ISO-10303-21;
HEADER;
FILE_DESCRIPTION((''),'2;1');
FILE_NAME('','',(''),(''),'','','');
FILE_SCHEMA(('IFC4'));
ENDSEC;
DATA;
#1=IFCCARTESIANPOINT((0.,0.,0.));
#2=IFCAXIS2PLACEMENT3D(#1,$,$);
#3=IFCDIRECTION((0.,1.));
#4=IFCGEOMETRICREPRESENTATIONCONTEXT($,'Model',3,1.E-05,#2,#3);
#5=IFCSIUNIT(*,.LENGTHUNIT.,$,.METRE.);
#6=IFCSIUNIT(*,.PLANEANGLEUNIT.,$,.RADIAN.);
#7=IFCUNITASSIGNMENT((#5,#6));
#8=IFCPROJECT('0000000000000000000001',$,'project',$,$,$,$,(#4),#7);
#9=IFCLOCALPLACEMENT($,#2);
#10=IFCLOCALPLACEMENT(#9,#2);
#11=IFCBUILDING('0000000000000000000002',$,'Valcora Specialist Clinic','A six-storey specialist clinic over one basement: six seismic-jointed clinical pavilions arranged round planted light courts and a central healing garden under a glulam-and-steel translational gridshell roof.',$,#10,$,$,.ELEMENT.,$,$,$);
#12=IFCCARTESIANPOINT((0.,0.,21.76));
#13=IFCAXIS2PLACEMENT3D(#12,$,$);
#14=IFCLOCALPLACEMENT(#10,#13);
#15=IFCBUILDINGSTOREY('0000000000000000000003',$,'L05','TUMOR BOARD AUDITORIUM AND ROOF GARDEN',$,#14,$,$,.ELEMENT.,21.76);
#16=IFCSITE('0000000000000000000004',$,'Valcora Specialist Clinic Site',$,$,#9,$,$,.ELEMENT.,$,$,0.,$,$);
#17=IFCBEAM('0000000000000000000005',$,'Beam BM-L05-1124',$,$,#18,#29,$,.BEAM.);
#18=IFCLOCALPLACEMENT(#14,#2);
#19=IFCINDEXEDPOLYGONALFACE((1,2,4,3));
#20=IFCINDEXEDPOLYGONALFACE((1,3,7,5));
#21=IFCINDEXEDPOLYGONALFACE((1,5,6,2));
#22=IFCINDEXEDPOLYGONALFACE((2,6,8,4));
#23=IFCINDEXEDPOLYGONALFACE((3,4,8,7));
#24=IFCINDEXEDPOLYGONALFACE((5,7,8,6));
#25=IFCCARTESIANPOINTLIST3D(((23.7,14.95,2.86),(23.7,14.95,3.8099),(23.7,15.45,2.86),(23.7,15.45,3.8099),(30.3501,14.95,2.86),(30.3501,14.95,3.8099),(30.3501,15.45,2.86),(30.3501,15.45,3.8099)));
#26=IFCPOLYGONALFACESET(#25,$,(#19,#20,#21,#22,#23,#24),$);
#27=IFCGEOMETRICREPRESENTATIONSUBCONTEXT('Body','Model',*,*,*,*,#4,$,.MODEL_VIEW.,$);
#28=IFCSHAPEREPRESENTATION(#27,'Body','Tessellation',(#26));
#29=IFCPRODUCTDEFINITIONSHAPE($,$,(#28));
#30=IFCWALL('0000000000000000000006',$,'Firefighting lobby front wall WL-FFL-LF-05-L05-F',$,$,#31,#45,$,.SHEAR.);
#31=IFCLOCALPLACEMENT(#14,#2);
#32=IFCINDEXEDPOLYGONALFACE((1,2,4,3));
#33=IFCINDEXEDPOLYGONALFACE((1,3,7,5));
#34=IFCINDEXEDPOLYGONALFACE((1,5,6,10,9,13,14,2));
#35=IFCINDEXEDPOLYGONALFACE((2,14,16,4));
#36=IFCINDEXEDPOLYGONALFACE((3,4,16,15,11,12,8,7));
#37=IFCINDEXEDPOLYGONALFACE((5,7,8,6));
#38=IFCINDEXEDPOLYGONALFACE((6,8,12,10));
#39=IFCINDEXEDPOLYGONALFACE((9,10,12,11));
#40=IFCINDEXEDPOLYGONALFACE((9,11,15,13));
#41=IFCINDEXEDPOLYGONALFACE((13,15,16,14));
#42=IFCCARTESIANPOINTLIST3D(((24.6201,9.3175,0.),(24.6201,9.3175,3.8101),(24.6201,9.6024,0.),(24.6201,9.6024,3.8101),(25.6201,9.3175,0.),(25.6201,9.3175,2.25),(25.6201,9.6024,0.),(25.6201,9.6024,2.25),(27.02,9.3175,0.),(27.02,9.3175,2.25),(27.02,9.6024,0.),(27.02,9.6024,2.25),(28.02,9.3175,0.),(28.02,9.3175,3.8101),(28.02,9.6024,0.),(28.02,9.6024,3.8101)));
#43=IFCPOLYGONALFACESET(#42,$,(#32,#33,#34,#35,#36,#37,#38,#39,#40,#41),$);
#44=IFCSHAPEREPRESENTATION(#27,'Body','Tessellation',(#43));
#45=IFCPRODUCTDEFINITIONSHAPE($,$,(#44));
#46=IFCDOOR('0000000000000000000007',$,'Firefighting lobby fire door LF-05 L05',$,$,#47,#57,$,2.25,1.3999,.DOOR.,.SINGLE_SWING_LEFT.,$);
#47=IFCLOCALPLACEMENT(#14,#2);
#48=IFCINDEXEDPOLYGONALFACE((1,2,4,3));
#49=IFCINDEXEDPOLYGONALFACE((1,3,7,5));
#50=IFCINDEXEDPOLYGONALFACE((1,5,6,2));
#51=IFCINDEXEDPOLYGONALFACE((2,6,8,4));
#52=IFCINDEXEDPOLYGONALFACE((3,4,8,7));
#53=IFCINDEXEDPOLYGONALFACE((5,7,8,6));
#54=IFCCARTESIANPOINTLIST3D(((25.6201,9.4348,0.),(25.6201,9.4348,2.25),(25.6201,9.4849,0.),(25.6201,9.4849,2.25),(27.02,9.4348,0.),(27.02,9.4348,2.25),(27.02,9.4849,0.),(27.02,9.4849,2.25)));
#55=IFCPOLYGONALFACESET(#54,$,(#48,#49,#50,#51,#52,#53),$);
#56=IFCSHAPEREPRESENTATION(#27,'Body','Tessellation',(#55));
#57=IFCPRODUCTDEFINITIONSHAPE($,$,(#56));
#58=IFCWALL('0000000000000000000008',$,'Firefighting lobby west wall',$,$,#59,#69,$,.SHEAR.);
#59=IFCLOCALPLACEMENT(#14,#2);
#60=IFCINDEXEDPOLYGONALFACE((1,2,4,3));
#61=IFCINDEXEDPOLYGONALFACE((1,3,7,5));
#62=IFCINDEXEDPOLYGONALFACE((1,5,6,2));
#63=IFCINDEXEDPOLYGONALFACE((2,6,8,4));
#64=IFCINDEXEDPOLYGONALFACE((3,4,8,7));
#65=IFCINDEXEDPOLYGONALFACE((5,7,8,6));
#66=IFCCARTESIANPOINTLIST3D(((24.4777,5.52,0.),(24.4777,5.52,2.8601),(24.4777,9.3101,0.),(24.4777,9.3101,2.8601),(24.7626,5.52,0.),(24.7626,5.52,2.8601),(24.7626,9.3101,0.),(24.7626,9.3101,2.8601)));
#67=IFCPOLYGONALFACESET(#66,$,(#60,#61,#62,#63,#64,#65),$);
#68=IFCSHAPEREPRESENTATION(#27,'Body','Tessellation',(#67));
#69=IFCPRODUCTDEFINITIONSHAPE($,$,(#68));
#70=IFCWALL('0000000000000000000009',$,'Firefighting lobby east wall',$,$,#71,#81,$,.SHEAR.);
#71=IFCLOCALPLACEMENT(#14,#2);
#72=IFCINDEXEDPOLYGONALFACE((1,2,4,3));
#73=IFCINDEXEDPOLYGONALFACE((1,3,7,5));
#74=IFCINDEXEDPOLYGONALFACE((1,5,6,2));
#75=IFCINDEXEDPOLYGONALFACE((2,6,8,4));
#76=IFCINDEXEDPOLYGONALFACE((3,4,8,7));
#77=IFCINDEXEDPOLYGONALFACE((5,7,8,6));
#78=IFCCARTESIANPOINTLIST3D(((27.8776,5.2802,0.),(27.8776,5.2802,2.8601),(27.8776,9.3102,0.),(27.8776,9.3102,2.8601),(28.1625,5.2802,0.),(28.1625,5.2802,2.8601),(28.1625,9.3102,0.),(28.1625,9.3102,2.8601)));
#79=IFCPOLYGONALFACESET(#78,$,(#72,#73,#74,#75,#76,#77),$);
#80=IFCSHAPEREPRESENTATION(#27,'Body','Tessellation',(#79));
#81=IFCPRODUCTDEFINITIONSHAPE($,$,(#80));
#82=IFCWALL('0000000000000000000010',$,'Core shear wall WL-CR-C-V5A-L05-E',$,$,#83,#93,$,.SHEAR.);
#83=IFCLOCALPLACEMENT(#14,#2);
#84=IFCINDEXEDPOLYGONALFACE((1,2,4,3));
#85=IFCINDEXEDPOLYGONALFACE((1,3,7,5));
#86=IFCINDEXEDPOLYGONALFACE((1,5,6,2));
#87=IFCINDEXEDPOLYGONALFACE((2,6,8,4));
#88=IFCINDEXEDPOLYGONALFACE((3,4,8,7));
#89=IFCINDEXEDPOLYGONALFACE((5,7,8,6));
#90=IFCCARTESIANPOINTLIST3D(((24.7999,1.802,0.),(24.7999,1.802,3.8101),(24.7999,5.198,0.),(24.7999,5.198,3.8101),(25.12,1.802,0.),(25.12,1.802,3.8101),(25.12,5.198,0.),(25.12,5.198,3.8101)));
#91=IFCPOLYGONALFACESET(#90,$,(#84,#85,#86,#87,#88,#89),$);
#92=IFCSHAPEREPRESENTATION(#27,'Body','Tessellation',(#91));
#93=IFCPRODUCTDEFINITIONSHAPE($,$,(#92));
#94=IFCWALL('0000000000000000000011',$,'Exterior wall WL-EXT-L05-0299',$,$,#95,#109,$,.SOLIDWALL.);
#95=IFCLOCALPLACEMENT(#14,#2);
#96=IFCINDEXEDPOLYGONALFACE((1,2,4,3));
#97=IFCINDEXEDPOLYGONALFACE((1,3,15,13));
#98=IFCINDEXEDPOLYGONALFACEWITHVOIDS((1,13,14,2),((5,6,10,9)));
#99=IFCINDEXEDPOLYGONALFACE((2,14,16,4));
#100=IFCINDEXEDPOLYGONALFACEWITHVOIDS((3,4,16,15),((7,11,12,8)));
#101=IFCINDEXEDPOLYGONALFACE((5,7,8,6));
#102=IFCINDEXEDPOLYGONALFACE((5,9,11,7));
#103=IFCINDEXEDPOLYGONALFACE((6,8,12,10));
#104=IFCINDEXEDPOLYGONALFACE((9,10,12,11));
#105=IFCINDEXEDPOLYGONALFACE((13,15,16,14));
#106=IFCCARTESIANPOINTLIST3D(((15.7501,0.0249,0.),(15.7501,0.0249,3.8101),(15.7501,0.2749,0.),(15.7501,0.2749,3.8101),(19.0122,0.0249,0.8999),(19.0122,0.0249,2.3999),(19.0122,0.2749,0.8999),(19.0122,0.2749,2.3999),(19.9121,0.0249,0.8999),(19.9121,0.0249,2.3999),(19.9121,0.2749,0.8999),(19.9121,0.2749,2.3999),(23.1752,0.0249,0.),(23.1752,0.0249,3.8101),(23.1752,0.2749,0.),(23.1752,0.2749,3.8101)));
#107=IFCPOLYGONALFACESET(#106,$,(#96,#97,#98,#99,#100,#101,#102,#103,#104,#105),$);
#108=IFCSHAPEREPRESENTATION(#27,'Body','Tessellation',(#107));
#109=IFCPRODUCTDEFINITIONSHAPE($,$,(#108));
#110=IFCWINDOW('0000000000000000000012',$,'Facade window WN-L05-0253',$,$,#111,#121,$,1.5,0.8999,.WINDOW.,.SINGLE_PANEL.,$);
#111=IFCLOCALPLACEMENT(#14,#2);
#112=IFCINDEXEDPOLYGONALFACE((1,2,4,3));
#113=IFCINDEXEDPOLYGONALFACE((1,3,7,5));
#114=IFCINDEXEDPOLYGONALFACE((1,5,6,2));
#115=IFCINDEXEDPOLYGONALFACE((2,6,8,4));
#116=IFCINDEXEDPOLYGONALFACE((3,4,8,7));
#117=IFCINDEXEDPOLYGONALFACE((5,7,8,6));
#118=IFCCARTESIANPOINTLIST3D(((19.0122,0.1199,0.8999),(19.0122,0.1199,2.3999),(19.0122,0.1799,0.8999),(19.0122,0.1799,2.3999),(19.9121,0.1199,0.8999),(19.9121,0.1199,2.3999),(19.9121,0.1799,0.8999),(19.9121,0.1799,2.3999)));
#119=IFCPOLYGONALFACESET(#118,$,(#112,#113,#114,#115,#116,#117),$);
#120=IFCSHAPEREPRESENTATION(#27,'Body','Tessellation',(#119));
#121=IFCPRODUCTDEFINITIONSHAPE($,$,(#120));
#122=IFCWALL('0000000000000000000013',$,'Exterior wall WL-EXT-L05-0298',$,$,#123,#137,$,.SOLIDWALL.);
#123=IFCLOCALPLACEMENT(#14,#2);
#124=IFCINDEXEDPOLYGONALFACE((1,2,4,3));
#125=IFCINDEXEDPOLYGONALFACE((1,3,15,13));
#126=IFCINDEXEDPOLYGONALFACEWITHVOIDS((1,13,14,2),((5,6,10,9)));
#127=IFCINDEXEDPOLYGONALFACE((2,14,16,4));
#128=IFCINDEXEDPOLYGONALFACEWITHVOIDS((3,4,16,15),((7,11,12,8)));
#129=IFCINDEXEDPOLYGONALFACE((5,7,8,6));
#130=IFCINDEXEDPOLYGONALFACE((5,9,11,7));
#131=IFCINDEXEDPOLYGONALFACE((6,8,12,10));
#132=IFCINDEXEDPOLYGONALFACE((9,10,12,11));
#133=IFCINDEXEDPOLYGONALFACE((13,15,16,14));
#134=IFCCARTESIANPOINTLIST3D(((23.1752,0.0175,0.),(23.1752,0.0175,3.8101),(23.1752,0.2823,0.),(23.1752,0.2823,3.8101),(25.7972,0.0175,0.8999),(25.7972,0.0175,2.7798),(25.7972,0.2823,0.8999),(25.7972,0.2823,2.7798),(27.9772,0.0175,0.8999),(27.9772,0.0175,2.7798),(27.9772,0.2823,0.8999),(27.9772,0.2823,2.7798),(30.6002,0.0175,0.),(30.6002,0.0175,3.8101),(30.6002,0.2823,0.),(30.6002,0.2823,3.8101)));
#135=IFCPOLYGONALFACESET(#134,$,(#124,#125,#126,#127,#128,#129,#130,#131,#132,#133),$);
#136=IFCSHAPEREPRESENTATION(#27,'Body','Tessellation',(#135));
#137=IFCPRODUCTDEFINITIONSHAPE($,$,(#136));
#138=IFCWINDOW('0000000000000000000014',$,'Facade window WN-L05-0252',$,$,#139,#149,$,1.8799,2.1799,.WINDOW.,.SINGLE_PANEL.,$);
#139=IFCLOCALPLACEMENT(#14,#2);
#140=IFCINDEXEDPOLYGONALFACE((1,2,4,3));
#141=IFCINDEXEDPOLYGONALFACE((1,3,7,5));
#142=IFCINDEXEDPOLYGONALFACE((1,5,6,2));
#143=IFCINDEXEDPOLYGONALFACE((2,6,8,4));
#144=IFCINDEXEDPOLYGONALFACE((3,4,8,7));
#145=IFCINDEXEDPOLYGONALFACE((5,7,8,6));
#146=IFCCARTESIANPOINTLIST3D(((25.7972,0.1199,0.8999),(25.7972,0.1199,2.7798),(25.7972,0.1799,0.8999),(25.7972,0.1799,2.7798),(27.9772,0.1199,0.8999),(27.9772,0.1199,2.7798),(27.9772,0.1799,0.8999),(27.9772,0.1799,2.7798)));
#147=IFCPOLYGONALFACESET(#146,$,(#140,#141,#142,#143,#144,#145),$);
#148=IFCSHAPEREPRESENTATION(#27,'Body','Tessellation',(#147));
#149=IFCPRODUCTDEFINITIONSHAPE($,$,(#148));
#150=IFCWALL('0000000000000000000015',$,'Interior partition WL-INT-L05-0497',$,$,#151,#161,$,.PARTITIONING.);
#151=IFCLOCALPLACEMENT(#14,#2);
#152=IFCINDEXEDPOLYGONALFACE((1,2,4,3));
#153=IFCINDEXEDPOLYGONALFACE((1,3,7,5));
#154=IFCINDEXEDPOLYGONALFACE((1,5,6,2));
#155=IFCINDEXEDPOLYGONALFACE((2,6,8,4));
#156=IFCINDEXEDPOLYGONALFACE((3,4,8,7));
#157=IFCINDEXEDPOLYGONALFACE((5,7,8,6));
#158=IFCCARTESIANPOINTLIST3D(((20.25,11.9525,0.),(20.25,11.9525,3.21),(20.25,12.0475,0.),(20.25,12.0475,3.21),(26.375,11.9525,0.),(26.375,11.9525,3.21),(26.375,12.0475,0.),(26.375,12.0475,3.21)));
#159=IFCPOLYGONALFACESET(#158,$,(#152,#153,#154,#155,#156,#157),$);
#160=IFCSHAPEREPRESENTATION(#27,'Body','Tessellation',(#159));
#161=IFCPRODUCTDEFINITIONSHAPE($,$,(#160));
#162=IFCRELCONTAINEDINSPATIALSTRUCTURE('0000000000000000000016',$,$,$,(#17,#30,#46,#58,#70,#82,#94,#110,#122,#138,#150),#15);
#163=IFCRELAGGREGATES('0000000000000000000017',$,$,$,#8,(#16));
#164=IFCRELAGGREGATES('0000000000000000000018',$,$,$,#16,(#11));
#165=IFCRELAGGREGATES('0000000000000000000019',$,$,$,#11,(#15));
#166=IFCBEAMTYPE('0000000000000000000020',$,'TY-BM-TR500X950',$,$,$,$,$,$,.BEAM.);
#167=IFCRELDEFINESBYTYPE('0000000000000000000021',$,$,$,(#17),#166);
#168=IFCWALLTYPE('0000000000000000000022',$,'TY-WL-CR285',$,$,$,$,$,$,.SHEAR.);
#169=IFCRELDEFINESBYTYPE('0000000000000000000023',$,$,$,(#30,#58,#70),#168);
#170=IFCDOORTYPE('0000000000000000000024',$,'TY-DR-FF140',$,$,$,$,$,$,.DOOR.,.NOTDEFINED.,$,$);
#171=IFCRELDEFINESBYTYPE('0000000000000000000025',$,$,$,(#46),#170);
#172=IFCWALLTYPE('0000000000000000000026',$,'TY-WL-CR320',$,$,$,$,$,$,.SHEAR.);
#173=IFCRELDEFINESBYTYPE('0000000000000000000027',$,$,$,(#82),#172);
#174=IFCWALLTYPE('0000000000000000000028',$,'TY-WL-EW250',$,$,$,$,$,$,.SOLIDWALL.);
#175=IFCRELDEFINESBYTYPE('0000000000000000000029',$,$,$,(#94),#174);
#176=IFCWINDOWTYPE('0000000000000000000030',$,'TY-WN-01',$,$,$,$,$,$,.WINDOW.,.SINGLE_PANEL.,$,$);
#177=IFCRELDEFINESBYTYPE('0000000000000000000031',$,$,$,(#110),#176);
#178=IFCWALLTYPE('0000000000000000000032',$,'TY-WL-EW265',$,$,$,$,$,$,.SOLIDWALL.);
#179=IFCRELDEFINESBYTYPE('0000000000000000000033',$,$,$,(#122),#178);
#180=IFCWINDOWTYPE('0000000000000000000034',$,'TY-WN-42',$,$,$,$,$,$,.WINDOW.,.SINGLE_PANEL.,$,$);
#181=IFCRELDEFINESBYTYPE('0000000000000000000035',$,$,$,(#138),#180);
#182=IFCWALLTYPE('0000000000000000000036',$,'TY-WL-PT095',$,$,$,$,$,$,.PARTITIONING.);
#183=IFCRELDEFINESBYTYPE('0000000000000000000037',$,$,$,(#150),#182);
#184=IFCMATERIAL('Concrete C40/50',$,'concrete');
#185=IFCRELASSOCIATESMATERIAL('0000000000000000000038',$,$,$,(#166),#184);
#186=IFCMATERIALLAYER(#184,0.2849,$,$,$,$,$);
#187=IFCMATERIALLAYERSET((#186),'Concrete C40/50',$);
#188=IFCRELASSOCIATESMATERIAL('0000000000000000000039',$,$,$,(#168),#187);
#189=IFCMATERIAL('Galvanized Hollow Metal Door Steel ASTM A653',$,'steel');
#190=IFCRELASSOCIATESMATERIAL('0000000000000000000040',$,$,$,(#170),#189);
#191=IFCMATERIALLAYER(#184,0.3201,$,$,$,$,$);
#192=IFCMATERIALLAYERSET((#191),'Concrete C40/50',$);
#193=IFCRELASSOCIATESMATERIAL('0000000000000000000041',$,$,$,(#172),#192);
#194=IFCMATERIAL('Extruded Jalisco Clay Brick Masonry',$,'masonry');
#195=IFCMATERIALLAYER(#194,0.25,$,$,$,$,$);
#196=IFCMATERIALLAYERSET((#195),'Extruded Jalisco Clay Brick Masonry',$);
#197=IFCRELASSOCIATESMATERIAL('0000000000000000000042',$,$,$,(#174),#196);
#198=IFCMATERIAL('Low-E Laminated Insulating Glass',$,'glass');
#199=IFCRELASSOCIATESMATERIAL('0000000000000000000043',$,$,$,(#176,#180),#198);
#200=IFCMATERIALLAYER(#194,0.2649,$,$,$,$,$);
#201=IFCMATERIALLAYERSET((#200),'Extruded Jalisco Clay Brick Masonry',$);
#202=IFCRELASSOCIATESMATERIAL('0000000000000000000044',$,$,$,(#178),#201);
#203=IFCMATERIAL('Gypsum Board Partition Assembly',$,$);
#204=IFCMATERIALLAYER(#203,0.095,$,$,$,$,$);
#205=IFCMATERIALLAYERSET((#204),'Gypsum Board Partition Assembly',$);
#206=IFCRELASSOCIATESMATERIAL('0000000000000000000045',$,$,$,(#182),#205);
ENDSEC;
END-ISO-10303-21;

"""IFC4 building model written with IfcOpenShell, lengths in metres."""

from ifc_helpers import new_model, si_unit, direction, frame, frame_2d, origin, origin_2d, place, context, subcontext, project, spatial, rectangle, extrude, material, layer, layer_set, material_profile, profile_set, type_object, element, fill, save


model = new_model("IFC4")

# Units and contexts
model_context = context("Model", 3, precision=1e-05, world=origin(), true_north=direction((0.0, 1.0)))
body_context = subcontext(model_context, "Body", "Model", "MODEL_VIEW")
ifc_project = project(units=[si_unit("LENGTHUNIT", "METRE"), si_unit("PLANEANGLEUNIT", "RADIAN")], contexts=[model_context])

# Site, building, storey
site_placement = place(None, origin())
site = spatial("IfcSite", under=ifc_project, at=site_placement, Name="Valcora Specialist Clinic Site", CompositionType="ELEMENT", RefElevation=0.0)
building_placement = place(site_placement, origin())
building = spatial("IfcBuilding", under=site, at=building_placement, Name="Valcora Specialist Clinic", Description="A six-storey specialist clinic over one basement: six seismic-jointed clinical pavilions arranged round planted light courts and a central healing garden under a glulam-and-steel translational gridshell roof.", CompositionType="ELEMENT")
storey_placement = place(building_placement, frame((0.0, 0.0, 21.76)))
storey = spatial("IfcBuildingStorey", under=building, at=storey_placement, Name="L05", Description="TUMOR BOARD AUDITORIUM AND ROOF GARDEN", CompositionType="ELEMENT", Elevation=21.76)

# Shared definitions
ifc_material_1 = material(Name="Concrete C40/50", Category="concrete")

# Beam
ifc_material_profile_1 = material_profile(ifc_material_1, rectangle(XDim=0.5, YDim=0.95, at=origin_2d()), Name="RC-BM-500X950")
ifc_profile_set_1 = profile_set([ifc_material_profile_1], Name="Concrete C40/50")
beam_type_1 = type_object("IfcBeamType", Name="TY-BM-TR500X950", PredefinedType="BEAM", material=ifc_profile_set_1)
for number, where, z_axis, x_axis, name in (
    (1, (23.7, 15.2, 3.335), (1.0, 0.0, 0.0), (0.0, 1.0, 0.0), "Beam BM-L05-1124"),
):
    element("IfcBeam", number, at=place(storey_placement, frame(where, z_axis=z_axis, x_axis=x_axis)), inside=storey, type_object=beam_type_1, Name=name, PredefinedType="BEAM", context=body_context, shape_type="SweptSolid", body=[
        extrude(rectangle(XDim=0.5, YDim=0.95, at=origin_2d()), origin(), (0.0, 0.0, 1.0), 6.6501),
    ])

# Wall, opening, door
ifc_layer_1 = layer(ifc_material_1, 0.2849)
ifc_layer_set_1 = layer_set([ifc_layer_1], Name="Concrete C40/50")
wall_type_1 = type_object("IfcWallType", Name="TY-WL-CR285", PredefinedType="SHEAR", material=ifc_layer_set_1)
wall_1_placement = place(storey_placement, frame((24.6201, 9.46, 0.0), z_axis=(0.0, 0.0, 1.0), x_axis=(1.0, 0.0, 0.0)))
wall_1 = element("IfcWall", 2, at=wall_1_placement, inside=storey, type_object=wall_type_1, Name="Firefighting lobby front wall WL-FFL-LF-05-L05-F", PredefinedType="SHEAR", context=body_context, shape_type="SweptSolid", body=[
    extrude(rectangle(XDim=3.3999, YDim=0.2849, at=frame_2d((1.7, 0.0))), origin(), (0.0, 0.0, 1.0), 3.8101),
])
opening_1_placement = place(wall_1_placement, frame((1.0, 0.0, 0.0)))
opening_1 = element("IfcOpeningElement", 3, at=opening_1_placement, cuts=wall_1, PredefinedType="OPENING", context=body_context, shape_type="SweptSolid", body=[
    extrude(rectangle(XDim=1.3999, YDim=2.25, at=frame_2d((0.7, 1.125))), frame((0.0, 0.1523, 0.0), z_axis=(0.0, -1.0, 0.0), x_axis=(1.0, 0.0, 0.0)), (0.0, 0.0, 1.0), 0.3049),
])
ifc_material_2 = material(Name="Galvanized Hollow Metal Door Steel ASTM A653", Category="steel")
door_type_1 = type_object("IfcDoorType", Name="TY-DR-FF140", OperationType="NOTDEFINED", PredefinedType="DOOR", material=ifc_material_2)
door_1_placement = place(opening_1_placement, origin())
door_1 = element("IfcDoor", 4, at=door_1_placement, inside=storey, type_object=door_type_1, Name="Firefighting lobby fire door LF-05 L05", OperationType="SINGLE_SWING_LEFT", OverallHeight=2.25, OverallWidth=1.3999, PredefinedType="DOOR", context=body_context, shape_type="SweptSolid", body=[
    extrude(rectangle(XDim=1.3999, YDim=2.25, at=frame_2d((0.7, 1.125))), frame((0.0, 0.0249, 0.0), z_axis=(0.0, -1.0, 0.0), x_axis=(1.0, 0.0, 0.0)), (0.0, 0.0, 1.0), 0.05),
])
fill(opening_1, door_1)

# Walls
wall_2_placement = place(storey_placement, frame((24.6201, 5.52, 0.0), z_axis=(0.0, 0.0, 1.0), x_axis=(0.0, 1.0, 0.0)))
element("IfcWall", 5, at=wall_2_placement, inside=storey, type_object=wall_type_1, Name="Firefighting lobby west wall", PredefinedType="SHEAR", context=body_context, shape_type="SweptSolid", body=[
    extrude(rectangle(XDim=3.79, YDim=0.2849, at=frame_2d((1.895, 0.0))), origin(), (0.0, 0.0, 1.0), 2.8601),
])
wall_3_placement = place(storey_placement, frame((28.02, 5.28, 0.0), z_axis=(0.0, 0.0, 1.0), x_axis=(0.0, 1.0, 0.0)))
element("IfcWall", 6, at=wall_3_placement, inside=storey, type_object=wall_type_1, Name="Firefighting lobby east wall", PredefinedType="SHEAR", context=body_context, shape_type="SweptSolid", body=[
    extrude(rectangle(XDim=4.03, YDim=0.2849, at=frame_2d((2.0151, 0.0))), origin(), (0.0, 0.0, 1.0), 2.8601),
])
ifc_layer_2 = layer(ifc_material_1, 0.3201)
ifc_layer_set_2 = layer_set([ifc_layer_2], Name="Concrete C40/50")
wall_type_2 = type_object("IfcWallType", Name="TY-WL-CR320", PredefinedType="SHEAR", material=ifc_layer_set_2)
wall_4_placement = place(storey_placement, frame((24.96, 1.802, 0.0), z_axis=(0.0, 0.0, 1.0), x_axis=(0.0, 1.0, 0.0)))
element("IfcWall", 7, at=wall_4_placement, inside=storey, type_object=wall_type_2, Name="Core shear wall WL-CR-C-V5A-L05-E", PredefinedType="SHEAR", context=body_context, shape_type="SweptSolid", body=[
    extrude(rectangle(XDim=3.396, YDim=0.3201, at=frame_2d((1.698, 0.0))), origin(), (0.0, 0.0, 1.0), 3.8101),
])

# Walls, openings, windows
ifc_material_3 = material(Name="Extruded Jalisco Clay Brick Masonry", Category="masonry")
ifc_layer_3 = layer(ifc_material_3, 0.25)
ifc_layer_set_3 = layer_set([ifc_layer_3], Name="Extruded Jalisco Clay Brick Masonry")
wall_type_3 = type_object("IfcWallType", Name="TY-WL-EW250", PredefinedType="SOLIDWALL", material=ifc_layer_set_3)
wall_5_placement = place(storey_placement, frame((23.175, 0.1499, 0.0), z_axis=(0.0, 0.0, 1.0), x_axis=(-1.0, 0.0, 0.0)))
wall_5 = element("IfcWall", 8, at=wall_5_placement, inside=storey, type_object=wall_type_3, Name="Exterior wall WL-EXT-L05-0299", PredefinedType="SOLIDWALL", context=body_context, shape_type="SweptSolid", body=[
    extrude(rectangle(XDim=7.425, YDim=0.25, at=frame_2d((3.7124, 0.0))), origin(), (0.0, 0.0, 1.0), 3.8101),
])
opening_2_placement = place(wall_5_placement, frame((3.2629, 0.0, 0.8999)))
opening_2 = element("IfcOpeningElement", 9, at=opening_2_placement, cuts=wall_5, PredefinedType="OPENING", context=body_context, shape_type="SweptSolid", body=[
    extrude(rectangle(XDim=0.8999, YDim=1.5, at=frame_2d((0.45, 0.75))), frame((0.0, 0.135, 0.0), z_axis=(0.0, -1.0, 0.0), x_axis=(1.0, 0.0, 0.0)), (0.0, 0.0, 1.0), 0.27),
])
ifc_material_4 = material(Name="Low-E Laminated Insulating Glass", Category="glass")
window_type_1 = type_object("IfcWindowType", Name="TY-WN-01", PartitioningType="SINGLE_PANEL", PredefinedType="WINDOW", material=ifc_material_4)
window_1_placement = place(opening_2_placement, origin())
window_1 = element("IfcWindow", 10, at=window_1_placement, inside=storey, type_object=window_type_1, Name="Facade window WN-L05-0253", OverallHeight=1.5, OverallWidth=0.8999, PartitioningType="SINGLE_PANEL", PredefinedType="WINDOW", context=body_context, shape_type="SweptSolid", body=[
    extrude(rectangle(XDim=0.8999, YDim=1.5, at=frame_2d((0.45, 0.75))), frame((0.0, 0.03, 0.0), z_axis=(0.0, -1.0, 0.0), x_axis=(1.0, 0.0, 0.0)), (0.0, 0.0, 1.0), 0.0601),
])
fill(opening_2, window_1)
ifc_layer_4 = layer(ifc_material_3, 0.2649)
ifc_layer_set_4 = layer_set([ifc_layer_4], Name="Extruded Jalisco Clay Brick Masonry")
wall_type_4 = type_object("IfcWallType", Name="TY-WL-EW265", PredefinedType="SOLIDWALL", material=ifc_layer_set_4)
wall_6_placement = place(storey_placement, frame((30.6001, 0.1499, 0.0), z_axis=(0.0, 0.0, 1.0), x_axis=(-1.0, 0.0, 0.0)))
wall_6 = element("IfcWall", 11, at=wall_6_placement, inside=storey, type_object=wall_type_4, Name="Exterior wall WL-EXT-L05-0298", PredefinedType="SOLIDWALL", context=body_context, shape_type="SweptSolid", body=[
    extrude(rectangle(XDim=7.425, YDim=0.2649, at=frame_2d((3.7124, 0.0))), origin(), (0.0, 0.0, 1.0), 3.8101),
])
opening_3_placement = place(wall_6_placement, frame((2.623, 0.0, 0.8999)))
opening_3 = element("IfcOpeningElement", 12, at=opening_3_placement, cuts=wall_6, PredefinedType="OPENING", context=body_context, shape_type="SweptSolid", body=[
    extrude(rectangle(XDim=2.1799, YDim=1.8799, at=frame_2d((1.0898, 0.9399))), frame((0.0, 0.1423, 0.0), z_axis=(0.0, -1.0, 0.0), x_axis=(1.0, 0.0, 0.0)), (0.0, 0.0, 1.0), 0.2849),
])
window_type_2 = type_object("IfcWindowType", Name="TY-WN-42", PartitioningType="SINGLE_PANEL", PredefinedType="WINDOW", material=ifc_material_4)
window_2_placement = place(opening_3_placement, origin())
window_2 = element("IfcWindow", 13, at=window_2_placement, inside=storey, type_object=window_type_2, Name="Facade window WN-L05-0252", OverallHeight=1.8799, OverallWidth=2.1799, PartitioningType="SINGLE_PANEL", PredefinedType="WINDOW", context=body_context, shape_type="SweptSolid", body=[
    extrude(rectangle(XDim=2.1799, YDim=1.8799, at=frame_2d((1.0898, 0.9399))), frame((0.0, 0.03, 0.0), z_axis=(0.0, -1.0, 0.0), x_axis=(1.0, 0.0, 0.0)), (0.0, 0.0, 1.0), 0.0601),
])
fill(opening_3, window_2)

# Wall
ifc_material_5 = material(Name="Gypsum Board Partition Assembly")
ifc_layer_5 = layer(ifc_material_5, 0.095)
ifc_layer_set_5 = layer_set([ifc_layer_5], Name="Gypsum Board Partition Assembly")
wall_type_5 = type_object("IfcWallType", Name="TY-WL-PT095", PredefinedType="PARTITIONING", material=ifc_layer_set_5)
wall_7_placement = place(storey_placement, frame((20.25, 12.0, 0.0), z_axis=(0.0, 0.0, 1.0), x_axis=(1.0, 0.0, 0.0)))
element("IfcWall", 14, at=wall_7_placement, inside=storey, type_object=wall_type_5, Name="Interior partition WL-INT-L05-0497", PredefinedType="PARTITIONING", context=body_context, shape_type="SweptSolid", body=[
    extrude(rectangle(XDim=6.125, YDim=0.095, at=frame_2d((3.0625, 0.0))), origin(), (0.0, 0.0, 1.0), 3.21),
])

save(model, "model.ifc")
